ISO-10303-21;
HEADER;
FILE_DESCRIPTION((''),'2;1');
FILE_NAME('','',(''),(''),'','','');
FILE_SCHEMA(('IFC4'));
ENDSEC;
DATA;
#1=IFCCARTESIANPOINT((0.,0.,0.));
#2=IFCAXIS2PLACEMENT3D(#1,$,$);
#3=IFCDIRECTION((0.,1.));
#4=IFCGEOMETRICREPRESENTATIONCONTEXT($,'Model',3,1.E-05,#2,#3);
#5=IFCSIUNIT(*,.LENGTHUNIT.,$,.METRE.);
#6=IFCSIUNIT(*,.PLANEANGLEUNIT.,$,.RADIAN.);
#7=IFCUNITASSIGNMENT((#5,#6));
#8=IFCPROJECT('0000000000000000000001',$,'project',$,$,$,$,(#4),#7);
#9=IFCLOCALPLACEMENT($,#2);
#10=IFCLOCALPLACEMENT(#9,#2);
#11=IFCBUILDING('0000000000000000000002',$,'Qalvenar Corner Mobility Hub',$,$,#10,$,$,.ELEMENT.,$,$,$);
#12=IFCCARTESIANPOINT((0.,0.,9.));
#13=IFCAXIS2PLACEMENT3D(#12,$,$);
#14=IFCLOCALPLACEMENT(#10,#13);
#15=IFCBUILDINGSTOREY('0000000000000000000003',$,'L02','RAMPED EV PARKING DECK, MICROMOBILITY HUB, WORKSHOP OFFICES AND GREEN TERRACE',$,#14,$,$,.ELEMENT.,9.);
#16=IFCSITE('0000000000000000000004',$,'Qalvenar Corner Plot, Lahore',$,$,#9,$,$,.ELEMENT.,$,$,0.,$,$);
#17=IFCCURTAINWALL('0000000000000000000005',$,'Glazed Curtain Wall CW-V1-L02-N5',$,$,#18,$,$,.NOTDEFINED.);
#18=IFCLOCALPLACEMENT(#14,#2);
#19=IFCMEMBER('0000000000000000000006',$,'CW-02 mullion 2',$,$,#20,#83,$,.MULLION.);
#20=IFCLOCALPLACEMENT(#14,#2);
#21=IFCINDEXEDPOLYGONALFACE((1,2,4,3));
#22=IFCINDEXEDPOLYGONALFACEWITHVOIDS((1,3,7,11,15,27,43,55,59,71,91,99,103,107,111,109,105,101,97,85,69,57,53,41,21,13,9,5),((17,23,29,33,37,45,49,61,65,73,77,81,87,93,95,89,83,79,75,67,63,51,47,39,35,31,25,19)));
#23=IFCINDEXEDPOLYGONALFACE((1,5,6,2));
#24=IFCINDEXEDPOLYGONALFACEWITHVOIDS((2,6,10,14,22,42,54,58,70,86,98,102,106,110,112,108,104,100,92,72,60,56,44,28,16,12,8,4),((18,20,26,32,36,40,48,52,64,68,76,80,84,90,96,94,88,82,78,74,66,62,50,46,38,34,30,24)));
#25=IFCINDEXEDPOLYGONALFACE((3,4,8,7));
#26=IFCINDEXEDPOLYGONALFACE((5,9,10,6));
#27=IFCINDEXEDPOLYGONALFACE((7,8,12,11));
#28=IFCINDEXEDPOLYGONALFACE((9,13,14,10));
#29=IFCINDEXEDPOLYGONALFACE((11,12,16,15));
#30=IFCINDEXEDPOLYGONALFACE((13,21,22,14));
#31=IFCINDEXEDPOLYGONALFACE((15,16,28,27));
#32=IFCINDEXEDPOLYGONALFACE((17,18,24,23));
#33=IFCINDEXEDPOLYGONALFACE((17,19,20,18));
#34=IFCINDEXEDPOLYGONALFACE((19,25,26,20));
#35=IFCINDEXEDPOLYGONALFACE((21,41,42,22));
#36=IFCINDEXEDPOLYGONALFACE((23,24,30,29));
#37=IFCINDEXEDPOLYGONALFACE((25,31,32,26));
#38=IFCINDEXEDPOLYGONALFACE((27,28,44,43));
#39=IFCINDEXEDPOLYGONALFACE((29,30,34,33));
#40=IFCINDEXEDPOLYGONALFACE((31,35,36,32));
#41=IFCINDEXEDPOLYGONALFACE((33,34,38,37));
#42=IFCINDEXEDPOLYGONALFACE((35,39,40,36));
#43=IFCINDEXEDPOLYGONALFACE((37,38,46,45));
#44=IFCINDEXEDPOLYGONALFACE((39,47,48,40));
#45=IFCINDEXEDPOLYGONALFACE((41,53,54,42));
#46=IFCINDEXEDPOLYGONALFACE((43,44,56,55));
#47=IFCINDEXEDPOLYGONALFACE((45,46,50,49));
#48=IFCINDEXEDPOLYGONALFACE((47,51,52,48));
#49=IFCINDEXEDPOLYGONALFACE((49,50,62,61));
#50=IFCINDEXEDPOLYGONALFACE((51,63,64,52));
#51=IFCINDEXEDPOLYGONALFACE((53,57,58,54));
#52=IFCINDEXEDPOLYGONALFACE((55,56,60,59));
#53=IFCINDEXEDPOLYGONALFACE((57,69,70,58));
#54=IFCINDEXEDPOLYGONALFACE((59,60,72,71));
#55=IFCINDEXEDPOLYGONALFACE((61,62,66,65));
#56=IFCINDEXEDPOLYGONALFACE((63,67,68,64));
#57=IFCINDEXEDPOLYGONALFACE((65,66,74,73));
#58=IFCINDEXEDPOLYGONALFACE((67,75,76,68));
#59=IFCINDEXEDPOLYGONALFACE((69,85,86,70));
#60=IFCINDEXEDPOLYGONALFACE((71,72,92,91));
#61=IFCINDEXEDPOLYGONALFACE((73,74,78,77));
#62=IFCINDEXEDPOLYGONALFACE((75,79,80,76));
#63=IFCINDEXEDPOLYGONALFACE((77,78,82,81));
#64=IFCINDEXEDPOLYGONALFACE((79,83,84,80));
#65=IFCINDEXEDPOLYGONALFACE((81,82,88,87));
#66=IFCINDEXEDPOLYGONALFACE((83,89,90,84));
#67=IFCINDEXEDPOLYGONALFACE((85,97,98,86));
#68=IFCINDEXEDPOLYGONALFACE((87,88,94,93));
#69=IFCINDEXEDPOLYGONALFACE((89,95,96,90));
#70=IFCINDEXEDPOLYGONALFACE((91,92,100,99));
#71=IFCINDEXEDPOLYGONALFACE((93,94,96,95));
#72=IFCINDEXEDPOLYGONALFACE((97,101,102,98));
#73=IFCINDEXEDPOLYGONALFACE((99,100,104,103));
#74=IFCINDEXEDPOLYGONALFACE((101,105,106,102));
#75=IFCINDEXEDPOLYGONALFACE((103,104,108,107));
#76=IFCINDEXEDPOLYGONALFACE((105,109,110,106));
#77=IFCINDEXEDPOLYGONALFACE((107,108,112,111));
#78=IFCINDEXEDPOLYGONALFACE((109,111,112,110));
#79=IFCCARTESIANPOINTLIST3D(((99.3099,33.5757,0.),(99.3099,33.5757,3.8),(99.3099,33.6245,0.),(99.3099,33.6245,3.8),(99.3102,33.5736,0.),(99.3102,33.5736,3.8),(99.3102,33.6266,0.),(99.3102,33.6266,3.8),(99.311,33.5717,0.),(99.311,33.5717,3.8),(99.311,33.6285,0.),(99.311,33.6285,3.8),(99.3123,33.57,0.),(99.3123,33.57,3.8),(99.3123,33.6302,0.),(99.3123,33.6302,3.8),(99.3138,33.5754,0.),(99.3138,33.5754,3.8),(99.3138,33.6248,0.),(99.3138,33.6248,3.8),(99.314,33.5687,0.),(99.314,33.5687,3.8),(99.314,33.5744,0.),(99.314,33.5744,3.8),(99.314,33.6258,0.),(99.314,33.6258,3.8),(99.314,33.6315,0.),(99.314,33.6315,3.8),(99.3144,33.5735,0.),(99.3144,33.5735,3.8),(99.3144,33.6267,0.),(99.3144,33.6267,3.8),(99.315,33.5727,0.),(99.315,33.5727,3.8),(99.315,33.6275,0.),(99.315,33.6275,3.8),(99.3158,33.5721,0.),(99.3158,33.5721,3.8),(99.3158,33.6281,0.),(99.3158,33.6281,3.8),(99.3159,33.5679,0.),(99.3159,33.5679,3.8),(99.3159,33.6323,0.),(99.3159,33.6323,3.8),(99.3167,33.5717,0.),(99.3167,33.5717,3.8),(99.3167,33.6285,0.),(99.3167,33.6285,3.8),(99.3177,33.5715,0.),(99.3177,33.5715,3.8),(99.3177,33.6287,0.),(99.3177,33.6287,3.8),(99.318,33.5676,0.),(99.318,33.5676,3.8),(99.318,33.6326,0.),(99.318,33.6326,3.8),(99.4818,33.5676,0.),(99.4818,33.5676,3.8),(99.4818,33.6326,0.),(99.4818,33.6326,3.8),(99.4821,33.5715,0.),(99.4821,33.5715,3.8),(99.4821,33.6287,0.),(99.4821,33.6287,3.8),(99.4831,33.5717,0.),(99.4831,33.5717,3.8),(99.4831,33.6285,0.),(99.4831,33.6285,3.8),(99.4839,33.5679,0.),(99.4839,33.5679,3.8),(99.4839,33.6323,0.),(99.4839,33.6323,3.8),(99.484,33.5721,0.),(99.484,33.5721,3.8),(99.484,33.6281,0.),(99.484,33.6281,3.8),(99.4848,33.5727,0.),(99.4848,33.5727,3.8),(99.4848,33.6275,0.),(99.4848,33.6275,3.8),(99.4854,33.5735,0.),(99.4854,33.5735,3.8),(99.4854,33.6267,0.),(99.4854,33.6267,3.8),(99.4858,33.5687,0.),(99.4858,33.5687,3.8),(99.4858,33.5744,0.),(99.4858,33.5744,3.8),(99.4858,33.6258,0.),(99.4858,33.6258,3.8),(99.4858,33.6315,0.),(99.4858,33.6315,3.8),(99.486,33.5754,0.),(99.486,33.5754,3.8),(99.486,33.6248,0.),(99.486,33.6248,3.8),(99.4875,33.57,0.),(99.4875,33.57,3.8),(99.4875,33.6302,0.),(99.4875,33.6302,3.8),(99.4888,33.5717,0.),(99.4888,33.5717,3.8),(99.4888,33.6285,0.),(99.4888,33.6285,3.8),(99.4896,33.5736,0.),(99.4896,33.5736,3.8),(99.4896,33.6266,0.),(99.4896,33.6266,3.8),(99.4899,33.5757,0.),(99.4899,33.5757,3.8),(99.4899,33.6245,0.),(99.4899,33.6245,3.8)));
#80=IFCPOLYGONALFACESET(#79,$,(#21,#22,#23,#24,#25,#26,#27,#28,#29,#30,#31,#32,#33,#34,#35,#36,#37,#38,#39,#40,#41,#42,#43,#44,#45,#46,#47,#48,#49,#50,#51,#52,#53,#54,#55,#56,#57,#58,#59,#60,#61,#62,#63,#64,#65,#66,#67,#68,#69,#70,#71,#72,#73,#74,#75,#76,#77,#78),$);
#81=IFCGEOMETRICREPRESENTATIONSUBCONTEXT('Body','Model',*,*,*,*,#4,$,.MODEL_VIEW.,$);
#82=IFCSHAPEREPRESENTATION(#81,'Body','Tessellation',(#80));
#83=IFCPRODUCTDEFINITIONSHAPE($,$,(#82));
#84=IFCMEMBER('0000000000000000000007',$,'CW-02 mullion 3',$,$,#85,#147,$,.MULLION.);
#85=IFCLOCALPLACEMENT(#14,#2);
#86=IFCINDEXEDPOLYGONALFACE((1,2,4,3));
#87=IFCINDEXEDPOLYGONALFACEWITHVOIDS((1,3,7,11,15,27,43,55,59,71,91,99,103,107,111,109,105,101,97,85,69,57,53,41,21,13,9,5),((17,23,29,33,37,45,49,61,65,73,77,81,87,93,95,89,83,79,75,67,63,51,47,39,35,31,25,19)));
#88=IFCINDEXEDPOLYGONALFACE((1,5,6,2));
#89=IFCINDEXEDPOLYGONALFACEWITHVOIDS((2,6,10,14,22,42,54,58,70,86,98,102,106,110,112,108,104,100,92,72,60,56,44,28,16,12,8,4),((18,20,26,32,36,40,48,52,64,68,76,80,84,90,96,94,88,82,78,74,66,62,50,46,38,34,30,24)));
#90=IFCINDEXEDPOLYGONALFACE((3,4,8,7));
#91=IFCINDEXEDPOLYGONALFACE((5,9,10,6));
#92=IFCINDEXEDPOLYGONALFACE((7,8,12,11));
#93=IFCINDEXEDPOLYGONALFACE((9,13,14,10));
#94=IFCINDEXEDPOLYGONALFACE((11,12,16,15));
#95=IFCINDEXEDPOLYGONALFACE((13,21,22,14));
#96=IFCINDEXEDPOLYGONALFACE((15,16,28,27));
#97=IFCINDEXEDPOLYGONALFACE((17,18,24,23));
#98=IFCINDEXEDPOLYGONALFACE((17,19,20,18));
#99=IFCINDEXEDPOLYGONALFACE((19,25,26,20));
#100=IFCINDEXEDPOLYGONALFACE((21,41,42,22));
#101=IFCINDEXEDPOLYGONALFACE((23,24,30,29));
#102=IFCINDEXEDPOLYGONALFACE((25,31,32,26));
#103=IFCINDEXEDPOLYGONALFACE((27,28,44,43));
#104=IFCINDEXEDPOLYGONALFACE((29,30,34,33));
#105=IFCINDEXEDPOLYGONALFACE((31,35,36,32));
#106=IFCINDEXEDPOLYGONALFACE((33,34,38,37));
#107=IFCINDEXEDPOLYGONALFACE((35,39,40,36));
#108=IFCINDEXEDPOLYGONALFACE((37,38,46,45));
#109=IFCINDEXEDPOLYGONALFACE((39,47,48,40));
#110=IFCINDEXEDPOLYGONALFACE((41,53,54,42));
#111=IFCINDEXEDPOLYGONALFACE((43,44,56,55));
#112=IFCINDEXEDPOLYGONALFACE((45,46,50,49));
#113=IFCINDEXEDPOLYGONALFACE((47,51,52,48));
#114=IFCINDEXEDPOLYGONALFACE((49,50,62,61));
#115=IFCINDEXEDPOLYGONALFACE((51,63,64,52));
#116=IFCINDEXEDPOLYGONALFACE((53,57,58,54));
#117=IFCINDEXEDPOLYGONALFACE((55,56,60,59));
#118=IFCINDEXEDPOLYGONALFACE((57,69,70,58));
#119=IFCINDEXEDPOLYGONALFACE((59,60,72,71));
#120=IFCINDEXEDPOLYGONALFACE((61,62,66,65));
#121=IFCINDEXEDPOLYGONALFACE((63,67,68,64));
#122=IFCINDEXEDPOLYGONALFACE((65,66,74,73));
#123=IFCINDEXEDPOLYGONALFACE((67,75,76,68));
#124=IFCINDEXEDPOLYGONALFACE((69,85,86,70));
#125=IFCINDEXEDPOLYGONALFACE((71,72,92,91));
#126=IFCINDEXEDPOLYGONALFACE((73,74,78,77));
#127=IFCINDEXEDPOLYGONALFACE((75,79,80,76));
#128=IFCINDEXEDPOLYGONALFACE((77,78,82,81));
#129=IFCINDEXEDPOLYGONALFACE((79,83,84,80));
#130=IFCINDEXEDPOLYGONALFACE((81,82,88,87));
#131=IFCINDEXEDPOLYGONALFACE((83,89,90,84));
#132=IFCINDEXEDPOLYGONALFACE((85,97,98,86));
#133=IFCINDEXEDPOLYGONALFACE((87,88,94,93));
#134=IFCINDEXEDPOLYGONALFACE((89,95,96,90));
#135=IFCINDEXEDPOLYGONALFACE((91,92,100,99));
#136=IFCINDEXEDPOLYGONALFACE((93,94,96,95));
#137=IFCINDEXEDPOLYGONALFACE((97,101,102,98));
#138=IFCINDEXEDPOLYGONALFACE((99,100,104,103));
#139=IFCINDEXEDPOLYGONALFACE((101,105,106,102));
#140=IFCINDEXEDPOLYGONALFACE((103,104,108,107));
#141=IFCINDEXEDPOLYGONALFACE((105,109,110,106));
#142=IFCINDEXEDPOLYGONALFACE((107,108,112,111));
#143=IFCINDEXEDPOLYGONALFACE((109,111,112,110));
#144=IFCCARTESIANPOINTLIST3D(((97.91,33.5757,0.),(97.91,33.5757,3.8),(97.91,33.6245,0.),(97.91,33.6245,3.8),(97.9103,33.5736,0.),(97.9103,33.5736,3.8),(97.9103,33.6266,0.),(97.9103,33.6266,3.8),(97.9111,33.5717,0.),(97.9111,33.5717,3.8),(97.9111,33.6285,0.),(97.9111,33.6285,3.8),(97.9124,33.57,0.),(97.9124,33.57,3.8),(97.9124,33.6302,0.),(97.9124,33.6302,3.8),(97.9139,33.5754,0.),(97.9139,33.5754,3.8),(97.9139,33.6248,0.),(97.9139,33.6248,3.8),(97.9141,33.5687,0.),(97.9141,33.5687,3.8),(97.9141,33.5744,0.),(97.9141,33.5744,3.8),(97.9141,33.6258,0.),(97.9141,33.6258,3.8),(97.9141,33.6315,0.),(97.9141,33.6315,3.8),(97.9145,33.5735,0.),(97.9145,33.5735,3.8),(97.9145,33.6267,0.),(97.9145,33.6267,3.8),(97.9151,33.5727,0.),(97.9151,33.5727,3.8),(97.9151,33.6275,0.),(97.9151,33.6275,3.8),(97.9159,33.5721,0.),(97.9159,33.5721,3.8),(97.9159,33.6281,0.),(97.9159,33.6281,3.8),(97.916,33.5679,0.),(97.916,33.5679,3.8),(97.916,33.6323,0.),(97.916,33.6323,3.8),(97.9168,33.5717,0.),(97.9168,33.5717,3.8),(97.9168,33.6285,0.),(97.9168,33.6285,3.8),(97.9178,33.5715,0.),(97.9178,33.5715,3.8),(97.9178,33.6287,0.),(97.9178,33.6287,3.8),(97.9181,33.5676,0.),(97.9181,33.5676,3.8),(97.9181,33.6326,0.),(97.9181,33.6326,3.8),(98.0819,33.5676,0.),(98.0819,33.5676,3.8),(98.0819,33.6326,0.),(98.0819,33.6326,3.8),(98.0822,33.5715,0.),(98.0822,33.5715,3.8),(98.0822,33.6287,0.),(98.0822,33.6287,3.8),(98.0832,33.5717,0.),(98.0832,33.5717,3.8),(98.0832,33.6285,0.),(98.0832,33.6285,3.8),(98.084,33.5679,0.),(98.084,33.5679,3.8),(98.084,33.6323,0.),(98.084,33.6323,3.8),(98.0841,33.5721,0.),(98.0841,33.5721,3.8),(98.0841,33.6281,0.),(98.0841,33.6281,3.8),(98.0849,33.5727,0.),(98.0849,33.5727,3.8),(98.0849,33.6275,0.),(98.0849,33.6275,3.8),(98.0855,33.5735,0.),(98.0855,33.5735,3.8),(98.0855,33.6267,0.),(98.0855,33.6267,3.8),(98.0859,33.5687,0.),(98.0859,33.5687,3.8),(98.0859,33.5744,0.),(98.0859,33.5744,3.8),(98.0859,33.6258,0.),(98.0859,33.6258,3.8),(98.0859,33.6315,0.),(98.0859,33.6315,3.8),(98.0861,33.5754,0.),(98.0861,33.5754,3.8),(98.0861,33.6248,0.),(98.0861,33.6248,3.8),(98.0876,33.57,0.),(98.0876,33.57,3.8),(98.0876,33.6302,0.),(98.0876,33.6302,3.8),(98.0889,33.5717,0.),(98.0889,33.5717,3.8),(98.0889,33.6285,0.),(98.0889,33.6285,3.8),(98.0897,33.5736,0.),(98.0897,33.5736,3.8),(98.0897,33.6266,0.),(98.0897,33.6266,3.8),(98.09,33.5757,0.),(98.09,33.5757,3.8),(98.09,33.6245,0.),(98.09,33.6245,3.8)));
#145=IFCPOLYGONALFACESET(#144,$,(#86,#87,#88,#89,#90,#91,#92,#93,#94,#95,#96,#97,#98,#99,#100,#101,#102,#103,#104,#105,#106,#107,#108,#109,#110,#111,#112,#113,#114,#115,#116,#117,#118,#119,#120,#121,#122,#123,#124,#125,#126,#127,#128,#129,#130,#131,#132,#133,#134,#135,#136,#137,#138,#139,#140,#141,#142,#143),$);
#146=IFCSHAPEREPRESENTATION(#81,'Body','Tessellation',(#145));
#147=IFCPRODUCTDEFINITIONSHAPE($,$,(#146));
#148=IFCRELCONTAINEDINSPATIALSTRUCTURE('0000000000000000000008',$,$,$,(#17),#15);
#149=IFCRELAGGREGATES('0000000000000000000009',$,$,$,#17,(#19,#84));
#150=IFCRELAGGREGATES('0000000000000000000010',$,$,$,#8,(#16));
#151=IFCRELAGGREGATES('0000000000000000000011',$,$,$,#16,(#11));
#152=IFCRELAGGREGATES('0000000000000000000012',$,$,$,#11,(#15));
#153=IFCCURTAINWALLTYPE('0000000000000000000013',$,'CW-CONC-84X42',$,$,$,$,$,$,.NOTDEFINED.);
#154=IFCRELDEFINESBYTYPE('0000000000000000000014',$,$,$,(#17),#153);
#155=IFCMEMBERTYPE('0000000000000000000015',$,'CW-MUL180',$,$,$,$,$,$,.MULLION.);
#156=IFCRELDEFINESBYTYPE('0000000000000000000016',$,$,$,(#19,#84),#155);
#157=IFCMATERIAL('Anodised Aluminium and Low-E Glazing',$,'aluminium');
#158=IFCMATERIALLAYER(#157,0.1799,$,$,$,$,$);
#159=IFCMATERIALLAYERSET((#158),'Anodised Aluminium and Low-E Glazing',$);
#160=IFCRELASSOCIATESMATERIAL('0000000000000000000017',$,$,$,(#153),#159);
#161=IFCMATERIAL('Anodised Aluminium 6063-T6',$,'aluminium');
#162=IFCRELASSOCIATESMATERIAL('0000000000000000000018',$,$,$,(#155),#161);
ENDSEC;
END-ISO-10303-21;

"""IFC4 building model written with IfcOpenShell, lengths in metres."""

from ifc_helpers import new_model, si_unit, direction, frame, origin, origin_2d, place, context, subcontext, project, spatial, hollow_rectangle, extrude, material, layer, layer_set, material_profile, profile_set, type_object, element, aggregate, save


model = new_model("IFC4")

# Units and contexts
model_context = context("Model", 3, precision=1e-05, world=origin(), true_north=direction((0.0, 1.0)))
body_context = subcontext(model_context, "Body", "Model", "MODEL_VIEW")
ifc_project = project(units=[si_unit("LENGTHUNIT", "METRE"), si_unit("PLANEANGLEUNIT", "RADIAN")], contexts=[model_context])

# Site, building, storey
site_placement = place(None, origin())
site = spatial("IfcSite", under=ifc_project, at=site_placement, Name="Qalvenar Corner Plot, Lahore", CompositionType="ELEMENT", RefElevation=0.0)
building_placement = place(site_placement, origin())
building = spatial("IfcBuilding", under=site, at=building_placement, Name="Qalvenar Corner Mobility Hub", CompositionType="ELEMENT")
storey_placement = place(building_placement, frame((0.0, 0.0, 9.0)))
storey = spatial("IfcBuildingStorey", under=building, at=storey_placement, Name="L02", Description="RAMPED EV PARKING DECK, MICROMOBILITY HUB, WORKSHOP OFFICES AND GREEN TERRACE", CompositionType="ELEMENT", Elevation=9.0)

# Curtain wall, members
ifc_material_1 = material(Name="Anodised Aluminium and Low-E Glazing", Category="aluminium")
ifc_layer_1 = layer(ifc_material_1, 0.1799)
ifc_layer_set_1 = layer_set([ifc_layer_1], Name="Anodised Aluminium and Low-E Glazing")
curtain_wall_type = type_object("IfcCurtainWallType", Name="CW-CONC-84X42", PredefinedType="NOTDEFINED", material=ifc_layer_set_1)
curtain_wall_1_placement = place(storey_placement, origin())
curtain_wall_1 = element("IfcCurtainWall", 1, at=curtain_wall_1_placement, inside=storey, type_object=curtain_wall_type, Name="Glazed Curtain Wall CW-V1-L02-N5", PredefinedType="NOTDEFINED")
ifc_material_2 = material(Name="Anodised Aluminium 6063-T6", Category="aluminium")
ifc_material_profile_1 = material_profile(ifc_material_2, hollow_rectangle(XDim=0.0649, YDim=0.1799, WallThickness=0.0039, InnerFilletRadius=0.0039, OuterFilletRadius=0.0081, at=origin_2d()), Name="RHS180x65x4")
ifc_profile_set_1 = profile_set([ifc_material_profile_1], Name="Anodised Aluminium 6063-T6")
member_type_1 = type_object("IfcMemberType", Name="CW-MUL180", PredefinedType="MULLION", material=ifc_profile_set_1)
member_1_placement = place(storey_placement, frame((99.3999, 33.6001, 0.0), z_axis=(0.0, 0.0, 1.0), x_axis=(0.0, -1.0, 0.0)))
member_1 = element("IfcMember", 2, at=member_1_placement, type_object=member_type_1, Name="CW-02 mullion 2", PredefinedType="MULLION", context=body_context, shape_type="SweptSolid", body=[
    extrude(hollow_rectangle(XDim=0.0649, YDim=0.1799, WallThickness=0.0039, InnerFilletRadius=0.0039, OuterFilletRadius=0.0081, at=origin_2d()), origin(), (0.0, 0.0, 1.0), 3.8),
])
member_2_placement = place(storey_placement, frame((98.0, 33.6001, 0.0), z_axis=(0.0, 0.0, 1.0), x_axis=(0.0, -1.0, 0.0)))
member_2 = element("IfcMember", 3, at=member_2_placement, type_object=member_type_1, Name="CW-02 mullion 3", PredefinedType="MULLION", context=body_context, shape_type="SweptSolid", body=[
    extrude(hollow_rectangle(XDim=0.0649, YDim=0.1799, WallThickness=0.0039, InnerFilletRadius=0.0039, OuterFilletRadius=0.0081, at=origin_2d()), origin(), (0.0, 0.0, 1.0), 3.8),
])

aggregate(curtain_wall_1, [member_1, member_2])

save(model, "model.ifc")
